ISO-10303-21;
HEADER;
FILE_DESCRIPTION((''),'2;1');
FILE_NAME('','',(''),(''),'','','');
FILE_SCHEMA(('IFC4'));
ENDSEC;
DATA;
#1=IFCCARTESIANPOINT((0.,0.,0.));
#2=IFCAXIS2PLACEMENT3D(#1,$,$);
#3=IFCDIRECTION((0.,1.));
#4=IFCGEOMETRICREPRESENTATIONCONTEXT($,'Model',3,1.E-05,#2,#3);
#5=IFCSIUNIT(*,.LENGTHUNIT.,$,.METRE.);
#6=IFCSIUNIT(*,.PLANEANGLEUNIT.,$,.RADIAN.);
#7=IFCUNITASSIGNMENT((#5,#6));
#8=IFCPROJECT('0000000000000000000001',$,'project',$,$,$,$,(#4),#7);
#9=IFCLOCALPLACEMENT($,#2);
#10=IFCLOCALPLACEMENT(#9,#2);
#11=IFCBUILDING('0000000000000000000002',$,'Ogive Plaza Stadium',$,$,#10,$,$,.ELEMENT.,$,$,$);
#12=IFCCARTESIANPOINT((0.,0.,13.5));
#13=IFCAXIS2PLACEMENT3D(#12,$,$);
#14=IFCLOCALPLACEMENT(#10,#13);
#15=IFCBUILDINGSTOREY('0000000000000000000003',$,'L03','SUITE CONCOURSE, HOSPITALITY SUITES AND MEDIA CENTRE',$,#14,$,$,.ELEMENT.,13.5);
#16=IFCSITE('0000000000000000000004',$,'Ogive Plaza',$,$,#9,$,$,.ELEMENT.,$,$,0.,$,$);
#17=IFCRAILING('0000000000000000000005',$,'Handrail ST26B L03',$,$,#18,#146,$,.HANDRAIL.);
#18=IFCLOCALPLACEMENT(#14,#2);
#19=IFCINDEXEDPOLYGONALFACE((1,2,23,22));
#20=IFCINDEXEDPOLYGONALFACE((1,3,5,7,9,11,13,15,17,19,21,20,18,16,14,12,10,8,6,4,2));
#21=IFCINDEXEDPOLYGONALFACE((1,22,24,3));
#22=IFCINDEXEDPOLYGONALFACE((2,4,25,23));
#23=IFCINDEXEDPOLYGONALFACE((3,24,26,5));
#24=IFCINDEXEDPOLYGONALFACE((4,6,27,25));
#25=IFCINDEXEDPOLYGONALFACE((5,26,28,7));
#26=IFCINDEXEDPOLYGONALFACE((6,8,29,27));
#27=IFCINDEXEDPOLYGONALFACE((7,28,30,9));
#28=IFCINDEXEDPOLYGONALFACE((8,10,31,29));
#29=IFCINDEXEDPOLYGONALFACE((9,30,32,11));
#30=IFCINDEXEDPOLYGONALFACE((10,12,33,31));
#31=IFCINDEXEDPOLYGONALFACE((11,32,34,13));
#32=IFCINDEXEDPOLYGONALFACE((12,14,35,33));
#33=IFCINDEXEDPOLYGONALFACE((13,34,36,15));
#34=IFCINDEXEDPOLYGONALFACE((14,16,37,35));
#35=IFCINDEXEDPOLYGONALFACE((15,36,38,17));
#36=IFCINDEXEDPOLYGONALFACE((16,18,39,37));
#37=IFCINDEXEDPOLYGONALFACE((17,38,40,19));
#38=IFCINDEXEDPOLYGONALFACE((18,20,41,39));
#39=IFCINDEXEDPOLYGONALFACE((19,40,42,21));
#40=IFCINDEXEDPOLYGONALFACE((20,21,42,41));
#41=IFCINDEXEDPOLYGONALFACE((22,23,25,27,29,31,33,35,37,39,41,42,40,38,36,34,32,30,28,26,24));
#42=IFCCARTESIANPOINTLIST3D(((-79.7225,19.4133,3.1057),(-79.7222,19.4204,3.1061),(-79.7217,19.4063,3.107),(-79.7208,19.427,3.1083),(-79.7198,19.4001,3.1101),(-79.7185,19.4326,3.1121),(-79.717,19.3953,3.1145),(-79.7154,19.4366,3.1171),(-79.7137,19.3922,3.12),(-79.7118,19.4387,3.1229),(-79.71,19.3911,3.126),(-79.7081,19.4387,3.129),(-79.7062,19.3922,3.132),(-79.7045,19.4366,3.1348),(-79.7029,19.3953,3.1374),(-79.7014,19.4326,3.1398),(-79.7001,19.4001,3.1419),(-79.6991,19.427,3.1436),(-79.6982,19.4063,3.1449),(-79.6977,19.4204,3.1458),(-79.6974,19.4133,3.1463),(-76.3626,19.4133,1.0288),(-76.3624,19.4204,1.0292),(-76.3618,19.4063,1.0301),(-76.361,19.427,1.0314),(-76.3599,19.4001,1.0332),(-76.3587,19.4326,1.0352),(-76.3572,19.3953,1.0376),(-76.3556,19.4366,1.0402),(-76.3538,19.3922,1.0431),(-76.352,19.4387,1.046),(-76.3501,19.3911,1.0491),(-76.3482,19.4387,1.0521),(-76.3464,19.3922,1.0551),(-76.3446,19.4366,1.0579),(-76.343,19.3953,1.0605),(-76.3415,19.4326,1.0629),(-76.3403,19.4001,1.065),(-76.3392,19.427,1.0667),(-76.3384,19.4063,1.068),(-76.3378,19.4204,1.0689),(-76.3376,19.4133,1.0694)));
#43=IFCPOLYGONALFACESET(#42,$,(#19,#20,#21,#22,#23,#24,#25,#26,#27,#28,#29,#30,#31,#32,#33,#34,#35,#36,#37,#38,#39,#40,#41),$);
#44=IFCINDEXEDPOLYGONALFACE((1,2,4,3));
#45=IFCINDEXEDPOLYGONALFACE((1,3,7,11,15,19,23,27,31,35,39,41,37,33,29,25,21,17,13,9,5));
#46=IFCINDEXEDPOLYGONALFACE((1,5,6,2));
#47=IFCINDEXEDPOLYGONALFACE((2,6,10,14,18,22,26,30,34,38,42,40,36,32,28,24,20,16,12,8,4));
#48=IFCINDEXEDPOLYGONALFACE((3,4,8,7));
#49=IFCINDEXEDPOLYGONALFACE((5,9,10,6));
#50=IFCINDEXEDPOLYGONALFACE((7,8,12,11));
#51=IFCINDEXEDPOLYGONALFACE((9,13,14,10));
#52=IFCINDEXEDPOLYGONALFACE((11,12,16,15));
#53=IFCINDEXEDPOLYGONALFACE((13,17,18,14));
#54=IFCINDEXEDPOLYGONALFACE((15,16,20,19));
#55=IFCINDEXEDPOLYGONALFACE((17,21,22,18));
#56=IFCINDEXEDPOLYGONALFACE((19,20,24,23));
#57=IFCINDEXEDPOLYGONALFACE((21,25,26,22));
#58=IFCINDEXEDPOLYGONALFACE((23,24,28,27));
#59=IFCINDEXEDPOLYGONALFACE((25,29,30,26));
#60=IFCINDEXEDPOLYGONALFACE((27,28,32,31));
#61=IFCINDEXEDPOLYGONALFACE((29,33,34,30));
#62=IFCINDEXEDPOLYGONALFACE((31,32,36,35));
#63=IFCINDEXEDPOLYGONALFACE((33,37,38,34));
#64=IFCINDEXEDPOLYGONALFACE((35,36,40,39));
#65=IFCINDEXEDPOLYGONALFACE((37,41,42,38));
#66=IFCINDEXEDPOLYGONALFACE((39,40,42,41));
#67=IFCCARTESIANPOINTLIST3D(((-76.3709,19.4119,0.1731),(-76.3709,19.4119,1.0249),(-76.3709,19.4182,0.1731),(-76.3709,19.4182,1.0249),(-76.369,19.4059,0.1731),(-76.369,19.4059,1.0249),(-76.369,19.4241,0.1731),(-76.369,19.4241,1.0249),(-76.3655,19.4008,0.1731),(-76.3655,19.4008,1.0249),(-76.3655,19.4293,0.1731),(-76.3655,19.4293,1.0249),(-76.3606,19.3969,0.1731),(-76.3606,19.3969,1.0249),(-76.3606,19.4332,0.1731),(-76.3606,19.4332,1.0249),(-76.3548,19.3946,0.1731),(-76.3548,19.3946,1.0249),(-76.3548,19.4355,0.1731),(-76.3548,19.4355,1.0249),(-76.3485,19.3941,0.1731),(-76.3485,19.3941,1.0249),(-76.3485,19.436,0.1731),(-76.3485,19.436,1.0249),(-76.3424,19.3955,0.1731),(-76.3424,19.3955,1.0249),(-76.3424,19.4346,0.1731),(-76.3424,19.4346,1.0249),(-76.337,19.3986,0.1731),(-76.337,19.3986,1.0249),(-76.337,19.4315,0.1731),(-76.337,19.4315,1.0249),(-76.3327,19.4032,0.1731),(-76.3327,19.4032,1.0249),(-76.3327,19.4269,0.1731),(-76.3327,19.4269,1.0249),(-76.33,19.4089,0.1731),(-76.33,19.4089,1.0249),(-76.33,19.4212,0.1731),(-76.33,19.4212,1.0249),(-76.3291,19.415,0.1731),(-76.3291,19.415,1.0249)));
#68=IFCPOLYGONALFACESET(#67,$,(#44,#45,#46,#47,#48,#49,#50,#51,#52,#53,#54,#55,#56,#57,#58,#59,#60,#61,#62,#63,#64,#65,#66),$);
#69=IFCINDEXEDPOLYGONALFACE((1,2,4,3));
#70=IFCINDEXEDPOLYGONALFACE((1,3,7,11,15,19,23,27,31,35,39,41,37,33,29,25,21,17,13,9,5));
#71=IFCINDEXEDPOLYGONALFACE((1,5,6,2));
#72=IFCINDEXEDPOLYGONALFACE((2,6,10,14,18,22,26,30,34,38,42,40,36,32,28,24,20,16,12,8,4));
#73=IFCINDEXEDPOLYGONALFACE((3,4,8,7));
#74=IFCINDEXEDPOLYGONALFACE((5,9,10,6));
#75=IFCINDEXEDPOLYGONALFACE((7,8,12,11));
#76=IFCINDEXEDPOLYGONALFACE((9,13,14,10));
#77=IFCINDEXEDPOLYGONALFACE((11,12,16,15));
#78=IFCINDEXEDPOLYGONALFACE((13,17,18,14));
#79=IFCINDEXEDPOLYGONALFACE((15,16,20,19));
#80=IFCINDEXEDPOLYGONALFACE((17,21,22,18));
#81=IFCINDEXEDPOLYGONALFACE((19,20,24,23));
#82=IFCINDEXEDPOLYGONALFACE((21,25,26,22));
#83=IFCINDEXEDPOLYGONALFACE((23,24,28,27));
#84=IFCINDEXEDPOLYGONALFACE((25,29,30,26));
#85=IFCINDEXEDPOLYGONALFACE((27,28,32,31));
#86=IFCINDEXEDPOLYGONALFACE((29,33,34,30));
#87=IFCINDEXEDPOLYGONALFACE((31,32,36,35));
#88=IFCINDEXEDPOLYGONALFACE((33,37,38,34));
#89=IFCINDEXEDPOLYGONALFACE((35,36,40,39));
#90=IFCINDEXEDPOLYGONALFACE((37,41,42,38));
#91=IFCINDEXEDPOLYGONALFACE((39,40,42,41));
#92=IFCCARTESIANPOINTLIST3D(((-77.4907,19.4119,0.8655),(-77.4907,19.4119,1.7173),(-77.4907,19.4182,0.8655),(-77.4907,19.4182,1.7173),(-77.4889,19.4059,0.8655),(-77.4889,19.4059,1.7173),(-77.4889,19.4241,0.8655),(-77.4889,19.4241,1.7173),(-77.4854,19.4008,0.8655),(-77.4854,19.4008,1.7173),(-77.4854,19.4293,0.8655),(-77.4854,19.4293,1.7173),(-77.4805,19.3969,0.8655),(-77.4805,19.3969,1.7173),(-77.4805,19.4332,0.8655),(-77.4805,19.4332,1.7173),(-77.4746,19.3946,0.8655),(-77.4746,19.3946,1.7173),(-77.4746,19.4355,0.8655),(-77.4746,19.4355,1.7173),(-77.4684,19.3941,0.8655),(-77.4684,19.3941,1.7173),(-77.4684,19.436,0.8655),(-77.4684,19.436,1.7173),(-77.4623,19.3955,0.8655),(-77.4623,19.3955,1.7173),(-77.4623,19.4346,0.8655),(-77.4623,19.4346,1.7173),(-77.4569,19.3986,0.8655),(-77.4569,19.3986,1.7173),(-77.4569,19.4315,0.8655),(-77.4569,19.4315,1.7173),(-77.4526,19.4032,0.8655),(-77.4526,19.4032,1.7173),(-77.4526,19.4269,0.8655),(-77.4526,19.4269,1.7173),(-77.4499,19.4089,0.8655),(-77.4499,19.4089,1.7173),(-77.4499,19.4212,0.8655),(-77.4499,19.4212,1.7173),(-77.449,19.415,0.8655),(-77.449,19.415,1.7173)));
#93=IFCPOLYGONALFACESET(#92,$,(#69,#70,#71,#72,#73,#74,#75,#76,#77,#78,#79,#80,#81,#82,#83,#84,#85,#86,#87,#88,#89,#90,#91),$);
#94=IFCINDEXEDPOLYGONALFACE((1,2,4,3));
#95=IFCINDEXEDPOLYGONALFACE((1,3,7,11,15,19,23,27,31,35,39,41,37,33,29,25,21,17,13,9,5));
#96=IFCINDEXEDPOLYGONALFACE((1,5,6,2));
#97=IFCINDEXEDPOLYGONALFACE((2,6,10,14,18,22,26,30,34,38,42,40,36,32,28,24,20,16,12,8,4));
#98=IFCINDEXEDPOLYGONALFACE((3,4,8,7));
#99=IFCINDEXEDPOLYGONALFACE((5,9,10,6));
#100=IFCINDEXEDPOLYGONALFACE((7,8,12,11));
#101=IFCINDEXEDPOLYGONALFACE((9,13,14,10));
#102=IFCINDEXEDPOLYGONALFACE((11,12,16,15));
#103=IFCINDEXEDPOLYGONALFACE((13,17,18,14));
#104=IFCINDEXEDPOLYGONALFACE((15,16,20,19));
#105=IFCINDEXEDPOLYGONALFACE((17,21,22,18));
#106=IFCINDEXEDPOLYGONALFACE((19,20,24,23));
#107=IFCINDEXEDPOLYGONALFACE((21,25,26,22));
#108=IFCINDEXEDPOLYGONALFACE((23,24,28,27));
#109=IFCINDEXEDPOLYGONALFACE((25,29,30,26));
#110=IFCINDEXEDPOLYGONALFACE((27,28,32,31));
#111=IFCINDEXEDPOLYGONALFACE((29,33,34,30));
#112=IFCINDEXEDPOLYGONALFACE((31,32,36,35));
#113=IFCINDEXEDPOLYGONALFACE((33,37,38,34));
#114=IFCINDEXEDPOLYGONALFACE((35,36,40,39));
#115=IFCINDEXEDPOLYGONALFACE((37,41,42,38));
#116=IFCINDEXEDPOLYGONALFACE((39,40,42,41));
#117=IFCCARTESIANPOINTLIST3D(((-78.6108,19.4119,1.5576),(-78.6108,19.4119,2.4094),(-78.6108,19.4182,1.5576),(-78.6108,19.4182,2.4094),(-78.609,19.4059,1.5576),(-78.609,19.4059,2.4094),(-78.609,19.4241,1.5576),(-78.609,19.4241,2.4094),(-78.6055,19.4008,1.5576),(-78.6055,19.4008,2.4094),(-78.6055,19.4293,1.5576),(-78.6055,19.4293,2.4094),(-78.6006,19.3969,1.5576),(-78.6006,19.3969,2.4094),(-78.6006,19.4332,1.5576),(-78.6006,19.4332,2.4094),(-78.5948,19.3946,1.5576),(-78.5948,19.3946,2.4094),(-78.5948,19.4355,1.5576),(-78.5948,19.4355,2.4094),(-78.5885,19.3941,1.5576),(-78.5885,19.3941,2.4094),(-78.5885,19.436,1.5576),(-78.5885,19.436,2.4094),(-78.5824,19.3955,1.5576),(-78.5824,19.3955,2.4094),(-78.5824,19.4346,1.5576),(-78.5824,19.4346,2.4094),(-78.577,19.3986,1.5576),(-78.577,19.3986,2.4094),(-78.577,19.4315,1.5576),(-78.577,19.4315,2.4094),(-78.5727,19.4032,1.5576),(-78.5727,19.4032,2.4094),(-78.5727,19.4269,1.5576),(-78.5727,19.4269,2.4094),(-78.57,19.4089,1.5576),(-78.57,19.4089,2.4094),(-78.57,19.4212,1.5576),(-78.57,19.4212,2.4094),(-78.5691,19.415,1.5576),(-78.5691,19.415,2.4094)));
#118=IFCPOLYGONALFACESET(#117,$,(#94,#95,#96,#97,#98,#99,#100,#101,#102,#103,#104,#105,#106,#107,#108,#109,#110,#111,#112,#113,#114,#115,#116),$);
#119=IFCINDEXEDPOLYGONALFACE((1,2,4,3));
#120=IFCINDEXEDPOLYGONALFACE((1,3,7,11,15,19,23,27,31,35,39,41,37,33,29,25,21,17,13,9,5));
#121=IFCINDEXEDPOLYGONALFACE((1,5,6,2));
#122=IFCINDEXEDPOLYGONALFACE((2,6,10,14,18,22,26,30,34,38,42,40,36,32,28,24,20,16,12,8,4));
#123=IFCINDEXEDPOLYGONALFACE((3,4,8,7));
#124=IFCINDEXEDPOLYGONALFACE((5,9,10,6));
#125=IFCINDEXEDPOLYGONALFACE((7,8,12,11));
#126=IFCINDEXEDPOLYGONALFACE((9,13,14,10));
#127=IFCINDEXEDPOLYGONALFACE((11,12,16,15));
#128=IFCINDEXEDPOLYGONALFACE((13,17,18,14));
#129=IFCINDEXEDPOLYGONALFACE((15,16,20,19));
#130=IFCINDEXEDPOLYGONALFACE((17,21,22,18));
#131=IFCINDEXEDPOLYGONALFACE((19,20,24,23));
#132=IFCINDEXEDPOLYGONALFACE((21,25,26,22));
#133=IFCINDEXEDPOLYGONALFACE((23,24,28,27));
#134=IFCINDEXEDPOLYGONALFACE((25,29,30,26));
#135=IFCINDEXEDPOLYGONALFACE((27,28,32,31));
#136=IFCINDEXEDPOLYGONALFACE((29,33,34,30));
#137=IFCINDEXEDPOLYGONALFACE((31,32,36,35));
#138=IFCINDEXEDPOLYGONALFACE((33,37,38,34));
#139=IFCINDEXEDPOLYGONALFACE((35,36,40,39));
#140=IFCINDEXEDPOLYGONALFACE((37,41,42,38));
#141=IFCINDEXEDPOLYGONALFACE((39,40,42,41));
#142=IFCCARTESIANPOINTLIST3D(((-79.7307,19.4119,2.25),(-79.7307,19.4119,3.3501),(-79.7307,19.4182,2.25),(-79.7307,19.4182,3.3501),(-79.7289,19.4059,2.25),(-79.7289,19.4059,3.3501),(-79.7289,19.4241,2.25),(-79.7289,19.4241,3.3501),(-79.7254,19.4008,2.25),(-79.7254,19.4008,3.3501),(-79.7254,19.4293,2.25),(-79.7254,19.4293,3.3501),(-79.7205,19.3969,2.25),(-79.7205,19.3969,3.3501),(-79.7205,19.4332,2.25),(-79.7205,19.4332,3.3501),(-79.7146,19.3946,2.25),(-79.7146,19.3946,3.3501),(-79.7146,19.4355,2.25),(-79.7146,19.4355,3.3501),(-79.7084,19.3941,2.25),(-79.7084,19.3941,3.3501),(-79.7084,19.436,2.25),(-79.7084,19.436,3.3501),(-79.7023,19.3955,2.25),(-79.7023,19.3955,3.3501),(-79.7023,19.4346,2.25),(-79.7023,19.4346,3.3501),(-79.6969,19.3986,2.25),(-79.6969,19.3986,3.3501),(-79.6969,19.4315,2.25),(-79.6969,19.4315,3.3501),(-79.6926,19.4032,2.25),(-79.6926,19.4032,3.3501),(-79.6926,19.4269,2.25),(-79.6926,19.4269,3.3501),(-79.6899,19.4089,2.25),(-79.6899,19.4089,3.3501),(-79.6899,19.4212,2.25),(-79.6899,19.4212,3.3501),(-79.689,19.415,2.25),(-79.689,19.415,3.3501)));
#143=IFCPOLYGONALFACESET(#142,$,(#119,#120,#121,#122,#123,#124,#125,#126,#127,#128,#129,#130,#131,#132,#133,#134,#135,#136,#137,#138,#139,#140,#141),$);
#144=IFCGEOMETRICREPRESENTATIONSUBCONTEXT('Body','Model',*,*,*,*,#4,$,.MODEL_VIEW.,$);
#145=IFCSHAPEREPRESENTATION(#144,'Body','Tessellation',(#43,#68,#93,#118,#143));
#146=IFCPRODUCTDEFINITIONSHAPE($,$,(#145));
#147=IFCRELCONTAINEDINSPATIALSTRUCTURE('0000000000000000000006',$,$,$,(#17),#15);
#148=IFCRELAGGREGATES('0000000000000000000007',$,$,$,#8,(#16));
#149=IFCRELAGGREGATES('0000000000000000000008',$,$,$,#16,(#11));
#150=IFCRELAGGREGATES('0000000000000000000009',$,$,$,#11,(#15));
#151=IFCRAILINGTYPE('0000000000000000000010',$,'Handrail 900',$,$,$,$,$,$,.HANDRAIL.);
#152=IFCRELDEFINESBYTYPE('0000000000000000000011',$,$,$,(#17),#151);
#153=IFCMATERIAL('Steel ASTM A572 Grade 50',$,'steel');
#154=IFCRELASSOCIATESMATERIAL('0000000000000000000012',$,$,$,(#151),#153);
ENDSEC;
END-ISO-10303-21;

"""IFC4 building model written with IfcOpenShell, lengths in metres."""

from ifc_helpers import new_model, si_unit, direction, frame, origin, origin_2d, place, context, subcontext, project, spatial, circle, extrude, material, type_object, element, save


model = new_model("IFC4")

# Units and contexts
model_context = context("Model", 3, precision=1e-05, world=origin(), true_north=direction((0.0, 1.0)))
body_context = subcontext(model_context, "Body", "Model", "MODEL_VIEW")
ifc_project = project(units=[si_unit("LENGTHUNIT", "METRE"), si_unit("PLANEANGLEUNIT", "RADIAN")], contexts=[model_context])

# Site, building, storey
site_placement = place(None, origin())
site = spatial("IfcSite", under=ifc_project, at=site_placement, Name="Ogive Plaza", CompositionType="ELEMENT", RefElevation=0.0)
building_placement = place(site_placement, origin())
building = spatial("IfcBuilding", under=site, at=building_placement, Name="Ogive Plaza Stadium", CompositionType="ELEMENT")
storey_placement = place(building_placement, frame((0.0, 0.0, 13.5)))
storey = spatial("IfcBuildingStorey", under=building, at=storey_placement, Name="L03", Description="SUITE CONCOURSE, HOSPITALITY SUITES AND MEDIA CENTRE", CompositionType="ELEMENT", Elevation=13.5)

# Railing
ifc_material_1 = material(Name="Steel ASTM A572 Grade 50", Category="steel")
railing_type_1 = type_object("IfcRailingType", Name="Handrail 900", PredefinedType="HANDRAIL", material=ifc_material_1)
for number, where, name in (
    (1, (-76.3501, 19.415, 0.1731), "Handrail ST26B L03"),
):
    element("IfcRailing", number, at=place(storey_placement, frame(where)), inside=storey, type_object=railing_type_1, Name=name, PredefinedType="HANDRAIL", context=body_context, shape_type="SweptSolid", body=[
        extrude(circle(Radius=0.0239, at=origin_2d()), frame((0.0, 0.0, 0.876), z_axis=(-0.850606, 0.0, 0.525803), x_axis=(0.0, -1.0, 0.0)), (0.0, 0.0, 1.0), 3.95),
        extrude(circle(Radius=0.021, at=origin_2d()), origin(), (0.0, 0.0, 1.0), 0.8518),
        extrude(circle(Radius=0.021, at=origin_2d()), frame((-1.1199, 0.0, 0.6924)), (0.0, 0.0, 1.0), 0.8518),
        extrude(circle(Radius=0.021, at=origin_2d()), frame((-2.24, 0.0, 1.3845)), (0.0, 0.0, 1.0), 0.8518),
        extrude(circle(Radius=0.021, at=origin_2d()), frame((-3.3599, 0.0, 2.0769)), (0.0, 0.0, 1.0), 1.1001),
    ])

save(model, "model.ifc")
